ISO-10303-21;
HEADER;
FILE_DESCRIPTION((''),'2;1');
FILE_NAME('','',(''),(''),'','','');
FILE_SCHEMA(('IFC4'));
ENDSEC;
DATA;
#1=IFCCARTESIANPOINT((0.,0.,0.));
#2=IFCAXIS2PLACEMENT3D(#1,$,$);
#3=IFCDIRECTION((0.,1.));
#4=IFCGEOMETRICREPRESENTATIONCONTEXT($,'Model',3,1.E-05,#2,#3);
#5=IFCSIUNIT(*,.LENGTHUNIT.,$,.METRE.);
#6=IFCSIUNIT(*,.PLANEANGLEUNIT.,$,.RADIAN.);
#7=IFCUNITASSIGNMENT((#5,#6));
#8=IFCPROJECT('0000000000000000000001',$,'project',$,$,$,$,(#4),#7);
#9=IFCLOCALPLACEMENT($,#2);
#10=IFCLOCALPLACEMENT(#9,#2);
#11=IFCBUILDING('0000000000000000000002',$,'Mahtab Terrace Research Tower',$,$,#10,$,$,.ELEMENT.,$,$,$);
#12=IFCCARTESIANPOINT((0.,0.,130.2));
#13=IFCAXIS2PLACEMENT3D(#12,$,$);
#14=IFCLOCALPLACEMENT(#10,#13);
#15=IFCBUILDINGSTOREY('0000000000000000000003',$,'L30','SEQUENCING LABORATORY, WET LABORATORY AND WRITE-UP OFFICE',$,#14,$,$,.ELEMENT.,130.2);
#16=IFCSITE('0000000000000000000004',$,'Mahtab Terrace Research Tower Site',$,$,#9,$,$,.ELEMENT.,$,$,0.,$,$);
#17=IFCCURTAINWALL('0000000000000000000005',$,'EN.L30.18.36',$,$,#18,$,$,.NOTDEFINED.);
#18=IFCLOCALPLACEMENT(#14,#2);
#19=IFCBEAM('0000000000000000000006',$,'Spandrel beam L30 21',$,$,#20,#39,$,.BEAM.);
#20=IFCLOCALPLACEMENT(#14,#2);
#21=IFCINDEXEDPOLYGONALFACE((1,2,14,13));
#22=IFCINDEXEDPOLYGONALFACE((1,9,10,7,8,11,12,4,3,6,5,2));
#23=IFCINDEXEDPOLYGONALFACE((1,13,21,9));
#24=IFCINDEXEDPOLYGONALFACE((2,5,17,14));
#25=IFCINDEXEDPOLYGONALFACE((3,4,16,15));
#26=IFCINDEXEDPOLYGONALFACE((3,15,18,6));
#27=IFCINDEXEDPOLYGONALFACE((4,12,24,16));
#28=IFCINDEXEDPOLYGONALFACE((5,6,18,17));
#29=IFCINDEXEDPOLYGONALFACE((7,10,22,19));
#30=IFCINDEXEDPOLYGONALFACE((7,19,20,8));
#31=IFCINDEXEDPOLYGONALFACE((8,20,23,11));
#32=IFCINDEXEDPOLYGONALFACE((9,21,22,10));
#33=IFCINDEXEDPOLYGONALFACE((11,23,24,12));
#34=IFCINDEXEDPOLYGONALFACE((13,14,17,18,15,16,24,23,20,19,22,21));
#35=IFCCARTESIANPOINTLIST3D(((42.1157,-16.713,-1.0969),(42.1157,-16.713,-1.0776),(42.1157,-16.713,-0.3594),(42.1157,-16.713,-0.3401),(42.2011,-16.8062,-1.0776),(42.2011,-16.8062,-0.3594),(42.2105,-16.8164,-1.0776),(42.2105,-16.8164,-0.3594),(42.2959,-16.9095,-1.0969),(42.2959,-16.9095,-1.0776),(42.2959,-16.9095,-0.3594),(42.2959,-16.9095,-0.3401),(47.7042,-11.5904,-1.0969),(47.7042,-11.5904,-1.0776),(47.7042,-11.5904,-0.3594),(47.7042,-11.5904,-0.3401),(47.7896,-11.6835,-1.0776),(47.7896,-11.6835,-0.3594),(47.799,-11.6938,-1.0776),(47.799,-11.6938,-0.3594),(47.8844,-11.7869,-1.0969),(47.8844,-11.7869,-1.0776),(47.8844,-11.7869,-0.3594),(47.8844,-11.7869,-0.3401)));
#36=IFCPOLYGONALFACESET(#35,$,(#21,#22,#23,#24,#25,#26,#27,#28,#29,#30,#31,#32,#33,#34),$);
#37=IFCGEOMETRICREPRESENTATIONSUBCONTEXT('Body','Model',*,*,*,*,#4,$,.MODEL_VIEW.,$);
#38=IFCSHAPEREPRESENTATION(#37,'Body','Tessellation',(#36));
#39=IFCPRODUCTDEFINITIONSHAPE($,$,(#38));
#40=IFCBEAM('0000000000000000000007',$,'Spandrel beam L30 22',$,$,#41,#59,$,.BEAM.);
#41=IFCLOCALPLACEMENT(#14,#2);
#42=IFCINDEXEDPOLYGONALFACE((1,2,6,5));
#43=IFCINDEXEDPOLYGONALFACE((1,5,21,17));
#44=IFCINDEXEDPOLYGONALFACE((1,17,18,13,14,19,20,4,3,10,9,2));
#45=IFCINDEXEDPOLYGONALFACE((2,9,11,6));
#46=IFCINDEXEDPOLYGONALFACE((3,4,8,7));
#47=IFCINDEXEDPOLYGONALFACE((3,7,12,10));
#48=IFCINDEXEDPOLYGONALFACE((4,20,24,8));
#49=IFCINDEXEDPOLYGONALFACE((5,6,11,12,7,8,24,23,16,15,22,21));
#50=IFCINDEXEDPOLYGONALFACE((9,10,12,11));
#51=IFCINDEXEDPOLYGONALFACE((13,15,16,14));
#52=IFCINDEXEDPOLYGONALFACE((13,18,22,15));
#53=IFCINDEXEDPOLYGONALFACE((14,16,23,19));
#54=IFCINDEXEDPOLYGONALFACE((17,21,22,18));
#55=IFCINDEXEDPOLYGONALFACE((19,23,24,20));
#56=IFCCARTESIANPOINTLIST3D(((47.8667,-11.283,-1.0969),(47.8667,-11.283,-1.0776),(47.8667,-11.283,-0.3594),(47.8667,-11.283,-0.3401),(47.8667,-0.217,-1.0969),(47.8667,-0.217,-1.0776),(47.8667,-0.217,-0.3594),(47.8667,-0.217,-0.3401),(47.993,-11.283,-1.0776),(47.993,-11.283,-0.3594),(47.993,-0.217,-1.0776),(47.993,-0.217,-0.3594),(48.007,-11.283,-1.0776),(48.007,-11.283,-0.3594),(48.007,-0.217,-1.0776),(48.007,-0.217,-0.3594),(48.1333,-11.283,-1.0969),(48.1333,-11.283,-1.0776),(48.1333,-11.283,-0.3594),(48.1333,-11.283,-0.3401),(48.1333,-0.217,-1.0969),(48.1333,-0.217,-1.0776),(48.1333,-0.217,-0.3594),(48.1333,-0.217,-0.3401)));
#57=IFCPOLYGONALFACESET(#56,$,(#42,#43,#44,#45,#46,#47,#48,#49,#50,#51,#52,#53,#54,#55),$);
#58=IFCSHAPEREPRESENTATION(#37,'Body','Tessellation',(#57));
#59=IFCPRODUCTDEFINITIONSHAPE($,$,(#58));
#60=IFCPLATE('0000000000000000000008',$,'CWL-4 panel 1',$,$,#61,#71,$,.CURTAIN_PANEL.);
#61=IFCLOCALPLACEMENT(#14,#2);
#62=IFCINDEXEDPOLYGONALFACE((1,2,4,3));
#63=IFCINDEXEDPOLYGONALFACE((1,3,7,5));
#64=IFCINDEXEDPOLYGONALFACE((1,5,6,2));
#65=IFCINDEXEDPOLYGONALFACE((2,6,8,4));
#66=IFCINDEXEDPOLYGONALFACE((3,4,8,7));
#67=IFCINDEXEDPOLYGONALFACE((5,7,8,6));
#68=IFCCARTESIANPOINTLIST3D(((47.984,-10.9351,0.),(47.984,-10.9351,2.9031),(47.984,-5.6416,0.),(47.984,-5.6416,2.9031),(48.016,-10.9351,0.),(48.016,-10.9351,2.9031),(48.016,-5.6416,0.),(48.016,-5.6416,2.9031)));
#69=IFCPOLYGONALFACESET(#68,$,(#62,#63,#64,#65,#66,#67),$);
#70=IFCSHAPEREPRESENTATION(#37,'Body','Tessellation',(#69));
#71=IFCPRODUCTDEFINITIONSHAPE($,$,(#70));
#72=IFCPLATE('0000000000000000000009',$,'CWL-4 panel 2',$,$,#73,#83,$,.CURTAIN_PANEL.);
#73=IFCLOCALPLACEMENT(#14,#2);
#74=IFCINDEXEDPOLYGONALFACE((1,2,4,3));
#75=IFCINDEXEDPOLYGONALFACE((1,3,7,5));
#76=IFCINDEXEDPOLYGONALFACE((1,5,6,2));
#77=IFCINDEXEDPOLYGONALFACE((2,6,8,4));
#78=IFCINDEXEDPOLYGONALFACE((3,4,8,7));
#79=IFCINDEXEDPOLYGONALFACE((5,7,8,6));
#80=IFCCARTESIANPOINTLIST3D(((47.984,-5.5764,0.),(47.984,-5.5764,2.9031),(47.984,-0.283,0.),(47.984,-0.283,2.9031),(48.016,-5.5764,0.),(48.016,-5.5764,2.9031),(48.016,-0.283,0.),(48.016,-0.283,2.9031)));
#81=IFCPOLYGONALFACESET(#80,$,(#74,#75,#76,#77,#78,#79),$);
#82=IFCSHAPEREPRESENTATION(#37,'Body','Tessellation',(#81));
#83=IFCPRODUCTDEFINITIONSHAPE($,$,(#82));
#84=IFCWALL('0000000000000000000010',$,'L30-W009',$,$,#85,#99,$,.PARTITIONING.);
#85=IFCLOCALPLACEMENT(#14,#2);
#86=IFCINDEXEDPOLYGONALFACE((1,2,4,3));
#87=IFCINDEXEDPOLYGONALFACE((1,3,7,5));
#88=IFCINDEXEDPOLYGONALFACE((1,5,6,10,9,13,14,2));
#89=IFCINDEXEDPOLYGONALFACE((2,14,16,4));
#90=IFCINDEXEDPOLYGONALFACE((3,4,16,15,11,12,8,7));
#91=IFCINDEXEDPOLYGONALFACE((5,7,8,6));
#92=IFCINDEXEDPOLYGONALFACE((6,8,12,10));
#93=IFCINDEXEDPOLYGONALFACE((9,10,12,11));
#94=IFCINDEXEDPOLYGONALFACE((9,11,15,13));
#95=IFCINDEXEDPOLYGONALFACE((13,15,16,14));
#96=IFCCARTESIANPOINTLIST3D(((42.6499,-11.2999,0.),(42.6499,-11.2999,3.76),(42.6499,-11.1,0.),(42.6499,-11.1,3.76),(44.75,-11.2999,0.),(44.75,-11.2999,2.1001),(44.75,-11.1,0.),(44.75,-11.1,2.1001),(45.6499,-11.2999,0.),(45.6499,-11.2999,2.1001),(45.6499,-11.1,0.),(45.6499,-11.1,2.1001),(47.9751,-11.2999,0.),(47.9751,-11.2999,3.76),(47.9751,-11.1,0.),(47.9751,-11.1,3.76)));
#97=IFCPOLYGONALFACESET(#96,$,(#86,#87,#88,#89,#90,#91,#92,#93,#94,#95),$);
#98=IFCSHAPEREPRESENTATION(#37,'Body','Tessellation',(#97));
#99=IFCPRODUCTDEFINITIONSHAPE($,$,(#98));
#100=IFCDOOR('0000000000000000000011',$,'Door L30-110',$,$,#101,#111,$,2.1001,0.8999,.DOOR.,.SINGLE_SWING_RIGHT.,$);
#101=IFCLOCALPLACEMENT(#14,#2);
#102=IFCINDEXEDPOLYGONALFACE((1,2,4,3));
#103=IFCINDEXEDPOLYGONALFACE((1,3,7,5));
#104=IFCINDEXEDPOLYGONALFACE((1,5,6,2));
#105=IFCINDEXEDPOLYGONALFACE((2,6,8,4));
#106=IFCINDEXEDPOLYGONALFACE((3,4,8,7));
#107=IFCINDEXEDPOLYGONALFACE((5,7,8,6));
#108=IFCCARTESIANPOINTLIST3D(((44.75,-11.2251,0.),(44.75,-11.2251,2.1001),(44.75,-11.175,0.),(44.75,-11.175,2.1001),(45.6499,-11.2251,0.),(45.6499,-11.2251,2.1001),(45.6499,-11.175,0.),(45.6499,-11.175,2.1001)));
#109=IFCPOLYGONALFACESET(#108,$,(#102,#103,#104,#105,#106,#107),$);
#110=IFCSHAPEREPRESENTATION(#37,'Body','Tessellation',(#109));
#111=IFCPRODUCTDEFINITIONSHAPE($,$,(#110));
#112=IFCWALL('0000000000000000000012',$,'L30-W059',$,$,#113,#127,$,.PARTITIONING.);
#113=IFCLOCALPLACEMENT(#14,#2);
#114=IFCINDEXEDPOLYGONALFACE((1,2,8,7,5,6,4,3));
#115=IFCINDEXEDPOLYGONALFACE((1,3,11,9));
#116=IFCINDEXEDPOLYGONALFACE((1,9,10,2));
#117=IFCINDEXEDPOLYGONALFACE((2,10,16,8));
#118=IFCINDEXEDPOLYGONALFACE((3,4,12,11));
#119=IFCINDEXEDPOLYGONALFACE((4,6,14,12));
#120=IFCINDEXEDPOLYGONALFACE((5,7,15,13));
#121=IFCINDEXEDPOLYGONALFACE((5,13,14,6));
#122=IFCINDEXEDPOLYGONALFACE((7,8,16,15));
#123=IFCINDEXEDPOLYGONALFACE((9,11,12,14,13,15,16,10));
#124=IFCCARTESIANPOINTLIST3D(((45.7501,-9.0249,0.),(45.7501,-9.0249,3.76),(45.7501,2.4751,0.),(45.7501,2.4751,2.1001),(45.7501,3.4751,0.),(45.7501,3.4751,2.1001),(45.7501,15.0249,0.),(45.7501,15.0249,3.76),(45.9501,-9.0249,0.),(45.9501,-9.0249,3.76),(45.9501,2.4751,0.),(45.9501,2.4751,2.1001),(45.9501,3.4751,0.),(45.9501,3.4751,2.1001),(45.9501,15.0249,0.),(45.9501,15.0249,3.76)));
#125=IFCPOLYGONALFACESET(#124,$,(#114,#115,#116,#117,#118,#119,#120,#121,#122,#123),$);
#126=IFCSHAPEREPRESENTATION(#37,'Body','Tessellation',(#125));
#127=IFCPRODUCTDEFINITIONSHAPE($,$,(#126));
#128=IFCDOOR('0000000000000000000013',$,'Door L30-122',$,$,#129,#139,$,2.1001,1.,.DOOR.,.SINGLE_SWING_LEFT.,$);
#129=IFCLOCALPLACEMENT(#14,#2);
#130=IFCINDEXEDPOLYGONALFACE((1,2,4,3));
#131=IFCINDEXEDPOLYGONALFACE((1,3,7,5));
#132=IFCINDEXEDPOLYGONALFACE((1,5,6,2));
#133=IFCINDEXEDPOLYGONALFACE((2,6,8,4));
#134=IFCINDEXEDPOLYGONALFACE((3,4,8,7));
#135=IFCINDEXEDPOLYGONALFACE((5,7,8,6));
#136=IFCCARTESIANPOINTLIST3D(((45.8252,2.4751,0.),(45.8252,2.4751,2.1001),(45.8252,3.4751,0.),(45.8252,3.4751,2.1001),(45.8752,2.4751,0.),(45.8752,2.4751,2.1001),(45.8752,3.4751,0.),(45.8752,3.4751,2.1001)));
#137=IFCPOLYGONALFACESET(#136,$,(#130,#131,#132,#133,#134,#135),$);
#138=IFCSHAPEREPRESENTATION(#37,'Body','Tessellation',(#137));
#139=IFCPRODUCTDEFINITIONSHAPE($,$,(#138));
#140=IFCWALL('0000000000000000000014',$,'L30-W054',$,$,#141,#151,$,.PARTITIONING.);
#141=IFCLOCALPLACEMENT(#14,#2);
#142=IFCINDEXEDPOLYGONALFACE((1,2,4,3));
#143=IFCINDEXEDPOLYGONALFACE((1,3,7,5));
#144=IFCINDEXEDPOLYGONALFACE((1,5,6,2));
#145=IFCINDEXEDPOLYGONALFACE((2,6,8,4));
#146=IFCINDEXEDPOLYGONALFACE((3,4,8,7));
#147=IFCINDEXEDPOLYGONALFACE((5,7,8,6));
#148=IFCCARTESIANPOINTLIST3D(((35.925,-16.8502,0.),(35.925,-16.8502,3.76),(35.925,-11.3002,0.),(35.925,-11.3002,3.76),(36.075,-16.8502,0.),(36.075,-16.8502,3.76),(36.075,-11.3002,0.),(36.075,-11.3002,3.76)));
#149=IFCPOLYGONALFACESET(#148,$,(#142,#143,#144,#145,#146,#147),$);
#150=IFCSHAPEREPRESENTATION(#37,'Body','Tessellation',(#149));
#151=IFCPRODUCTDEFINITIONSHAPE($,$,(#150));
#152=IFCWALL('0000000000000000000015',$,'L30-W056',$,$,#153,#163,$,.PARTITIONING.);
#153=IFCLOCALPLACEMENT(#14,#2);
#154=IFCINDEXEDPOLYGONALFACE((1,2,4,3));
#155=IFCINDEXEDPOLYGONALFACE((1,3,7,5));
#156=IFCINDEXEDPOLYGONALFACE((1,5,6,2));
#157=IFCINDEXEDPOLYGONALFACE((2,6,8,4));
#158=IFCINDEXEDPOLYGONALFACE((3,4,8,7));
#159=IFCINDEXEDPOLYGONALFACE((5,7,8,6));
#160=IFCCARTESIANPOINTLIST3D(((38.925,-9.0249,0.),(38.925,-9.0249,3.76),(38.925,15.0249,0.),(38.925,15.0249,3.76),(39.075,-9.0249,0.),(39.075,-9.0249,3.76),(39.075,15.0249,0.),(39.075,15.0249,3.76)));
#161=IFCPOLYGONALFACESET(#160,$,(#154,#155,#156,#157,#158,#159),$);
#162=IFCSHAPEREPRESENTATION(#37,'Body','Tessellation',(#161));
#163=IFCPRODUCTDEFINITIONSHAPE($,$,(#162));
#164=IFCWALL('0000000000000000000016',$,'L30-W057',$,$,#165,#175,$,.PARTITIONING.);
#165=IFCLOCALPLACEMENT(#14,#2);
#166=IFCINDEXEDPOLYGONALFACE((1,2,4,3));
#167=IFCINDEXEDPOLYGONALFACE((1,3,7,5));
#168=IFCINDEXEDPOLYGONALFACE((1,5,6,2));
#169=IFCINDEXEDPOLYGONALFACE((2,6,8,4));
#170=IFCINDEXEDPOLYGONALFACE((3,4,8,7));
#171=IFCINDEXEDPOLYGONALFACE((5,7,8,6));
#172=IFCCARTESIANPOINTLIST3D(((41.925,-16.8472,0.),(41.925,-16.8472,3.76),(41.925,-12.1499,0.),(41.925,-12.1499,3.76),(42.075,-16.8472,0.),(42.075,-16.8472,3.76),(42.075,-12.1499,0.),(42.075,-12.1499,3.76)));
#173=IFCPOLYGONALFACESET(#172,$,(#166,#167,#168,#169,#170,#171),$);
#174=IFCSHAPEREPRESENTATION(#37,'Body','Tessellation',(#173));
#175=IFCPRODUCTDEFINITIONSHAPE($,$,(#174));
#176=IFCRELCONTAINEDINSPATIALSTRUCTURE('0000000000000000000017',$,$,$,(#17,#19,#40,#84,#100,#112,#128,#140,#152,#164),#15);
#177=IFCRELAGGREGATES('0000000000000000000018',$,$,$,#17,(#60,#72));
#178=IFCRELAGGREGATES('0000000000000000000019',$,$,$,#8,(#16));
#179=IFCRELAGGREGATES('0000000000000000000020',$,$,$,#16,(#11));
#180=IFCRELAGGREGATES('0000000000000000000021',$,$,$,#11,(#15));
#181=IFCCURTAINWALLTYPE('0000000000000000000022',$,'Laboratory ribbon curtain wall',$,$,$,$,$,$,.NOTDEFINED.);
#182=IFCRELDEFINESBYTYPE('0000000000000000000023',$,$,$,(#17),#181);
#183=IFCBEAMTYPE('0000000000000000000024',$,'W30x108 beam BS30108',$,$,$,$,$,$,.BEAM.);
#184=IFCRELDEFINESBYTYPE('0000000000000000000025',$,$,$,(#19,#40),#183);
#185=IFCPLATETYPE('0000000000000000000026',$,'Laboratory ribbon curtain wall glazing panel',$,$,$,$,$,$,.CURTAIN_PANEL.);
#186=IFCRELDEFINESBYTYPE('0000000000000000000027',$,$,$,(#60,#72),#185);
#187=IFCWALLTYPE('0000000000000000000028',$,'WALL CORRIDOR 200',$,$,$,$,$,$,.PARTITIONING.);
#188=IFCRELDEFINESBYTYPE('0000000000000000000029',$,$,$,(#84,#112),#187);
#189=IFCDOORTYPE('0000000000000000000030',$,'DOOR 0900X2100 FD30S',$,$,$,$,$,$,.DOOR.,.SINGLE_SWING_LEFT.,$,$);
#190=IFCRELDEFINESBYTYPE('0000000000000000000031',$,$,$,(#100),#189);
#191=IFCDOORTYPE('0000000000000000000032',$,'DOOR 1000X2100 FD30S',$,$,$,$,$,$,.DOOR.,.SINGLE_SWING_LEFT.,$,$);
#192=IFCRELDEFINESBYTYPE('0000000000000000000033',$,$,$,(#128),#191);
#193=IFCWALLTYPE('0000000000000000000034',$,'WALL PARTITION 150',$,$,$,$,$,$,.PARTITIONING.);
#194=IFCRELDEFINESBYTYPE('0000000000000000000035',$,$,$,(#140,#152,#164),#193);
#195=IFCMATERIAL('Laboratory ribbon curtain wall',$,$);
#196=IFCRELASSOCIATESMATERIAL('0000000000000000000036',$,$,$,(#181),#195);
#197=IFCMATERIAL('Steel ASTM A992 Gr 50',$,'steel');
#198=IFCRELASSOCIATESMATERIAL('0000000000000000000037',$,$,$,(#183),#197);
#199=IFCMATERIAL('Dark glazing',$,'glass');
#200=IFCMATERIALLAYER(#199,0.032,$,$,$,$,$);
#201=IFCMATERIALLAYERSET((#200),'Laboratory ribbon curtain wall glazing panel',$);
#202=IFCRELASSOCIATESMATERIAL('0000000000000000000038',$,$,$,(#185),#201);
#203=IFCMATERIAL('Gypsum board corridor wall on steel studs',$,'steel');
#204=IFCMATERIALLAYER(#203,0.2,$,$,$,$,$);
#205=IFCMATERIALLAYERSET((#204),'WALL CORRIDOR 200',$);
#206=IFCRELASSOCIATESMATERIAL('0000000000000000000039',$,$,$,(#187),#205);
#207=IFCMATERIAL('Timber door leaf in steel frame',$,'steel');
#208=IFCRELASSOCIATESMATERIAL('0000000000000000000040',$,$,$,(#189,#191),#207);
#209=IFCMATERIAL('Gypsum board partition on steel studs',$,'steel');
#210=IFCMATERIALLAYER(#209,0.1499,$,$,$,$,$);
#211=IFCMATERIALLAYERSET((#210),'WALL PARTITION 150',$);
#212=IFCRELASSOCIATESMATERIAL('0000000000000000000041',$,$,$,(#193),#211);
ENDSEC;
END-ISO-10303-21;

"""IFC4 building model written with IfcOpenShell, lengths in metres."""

from ifc_helpers import new_model, si_unit, direction, frame, frame_2d, origin, origin_2d, place, context, subcontext, project, spatial, rectangle, i_section, extrude, material, layer, layer_set, material_profile, profile_set, type_object, element, fill, aggregate, save


model = new_model("IFC4")

# Units and contexts
model_context = context("Model", 3, precision=1e-05, world=origin(), true_north=direction((0.0, 1.0)))
body_context = subcontext(model_context, "Body", "Model", "MODEL_VIEW")
ifc_project = project(units=[si_unit("LENGTHUNIT", "METRE"), si_unit("PLANEANGLEUNIT", "RADIAN")], contexts=[model_context])

# Site, building, storey
site_placement = place(None, origin())
site = spatial("IfcSite", under=ifc_project, at=site_placement, Name="Mahtab Terrace Research Tower Site", CompositionType="ELEMENT", RefElevation=0.0)
building_placement = place(site_placement, origin())
building = spatial("IfcBuilding", under=site, at=building_placement, Name="Mahtab Terrace Research Tower", CompositionType="ELEMENT")
storey_placement = place(building_placement, frame((0.0, 0.0, 130.2)))
storey = spatial("IfcBuildingStorey", under=building, at=storey_placement, Name="L30", Description="SEQUENCING LABORATORY, WET LABORATORY AND WRITE-UP OFFICE", CompositionType="ELEMENT", Elevation=130.2)

# Shared definitions
ifc_material_1 = material(Name="Steel ASTM A992 Gr 50", Category="steel")

# Curtain wall
ifc_material_2 = material(Name="Laboratory ribbon curtain wall")
curtain_wall_type = type_object("IfcCurtainWallType", Name="Laboratory ribbon curtain wall", PredefinedType="NOTDEFINED", material=ifc_material_2)
curtain_wall_placement = place(storey_placement, origin())
curtain_wall = element("IfcCurtainWall", 1, at=curtain_wall_placement, inside=storey, type_object=curtain_wall_type, Name="EN.L30.18.36", PredefinedType="NOTDEFINED")

# Beams
ifc_material_profile_1 = material_profile(ifc_material_1, i_section(OverallWidth=0.2666, OverallDepth=0.7568, WebThickness=0.0139, FlangeThickness=0.0193, at=origin_2d()), Name="W30X108")
ifc_profile_set_1 = profile_set([ifc_material_profile_1], Name="Steel ASTM A992 Gr 50")
beam_type = type_object("IfcBeamType", Name="W30x108 beam BS30108", PredefinedType="BEAM", material=ifc_profile_set_1)
beam_1_placement = place(storey_placement, frame((42.2058, -16.8113, -0.7185), z_axis=(0.737162, 0.675716, 0.0), x_axis=(-0.675716, 0.737162, 0.0)))
element("IfcBeam", 2, at=beam_1_placement, inside=storey, type_object=beam_type, Name="Spandrel beam L30 21", PredefinedType="BEAM", context=body_context, shape_type="SweptSolid", body=[
    extrude(i_section(OverallWidth=0.2666, OverallDepth=0.7568, WebThickness=0.0139, FlangeThickness=0.0193, at=origin_2d()), origin(), (0.0, 0.0, 1.0), 7.5811),
])
beam_2_placement = place(storey_placement, frame((48.0, -11.283, -0.7185), z_axis=(0.0, 1.0, 0.0), x_axis=(-1.0, 0.0, 0.0)))
element("IfcBeam", 3, at=beam_2_placement, inside=storey, type_object=beam_type, Name="Spandrel beam L30 22", PredefinedType="BEAM", context=body_context, shape_type="SweptSolid", body=[
    extrude(i_section(OverallWidth=0.2666, OverallDepth=0.7568, WebThickness=0.0139, FlangeThickness=0.0193, at=origin_2d()), origin(), (0.0, 0.0, 1.0), 11.0659),
])

# Plates
ifc_material_3 = material(Name="Dark glazing", Category="glass")
ifc_layer_1 = layer(ifc_material_3, 0.032)
ifc_layer_set_1 = layer_set([ifc_layer_1], Name="Laboratory ribbon curtain wall glazing panel")
plate_type = type_object("IfcPlateType", Name="Laboratory ribbon curtain wall glazing panel", PredefinedType="CURTAIN_PANEL", material=ifc_layer_set_1)
plate_1_placement = place(storey_placement, frame((48.0, -8.2883, 0.0), z_axis=(0.0, 0.0, 1.0), x_axis=(0.0, 1.0, 0.0)))
plate_1 = element("IfcPlate", 4, at=plate_1_placement, type_object=plate_type, Name="CWL-4 panel 1", PredefinedType="CURTAIN_PANEL", context=body_context, shape_type="SweptSolid", body=[
    extrude(rectangle(XDim=5.2935, YDim=0.032, at=origin_2d()), origin(), (0.0, 0.0, 1.0), 2.9031),
])
plate_2_placement = place(storey_placement, frame((48.0, -2.9297, 0.0), z_axis=(0.0, 0.0, 1.0), x_axis=(0.0, 1.0, 0.0)))
plate_2 = element("IfcPlate", 5, at=plate_2_placement, type_object=plate_type, Name="CWL-4 panel 2", PredefinedType="CURTAIN_PANEL", context=body_context, shape_type="SweptSolid", body=[
    extrude(rectangle(XDim=5.2935, YDim=0.032, at=origin_2d()), origin(), (0.0, 0.0, 1.0), 2.9031),
])
aggregate(curtain_wall, [plate_1, plate_2])

# Walls, openings, doors
ifc_material_4 = material(Name="Gypsum board corridor wall on steel studs", Category="steel")
ifc_layer_2 = layer(ifc_material_4, 0.2)
ifc_layer_set_2 = layer_set([ifc_layer_2], Name="WALL CORRIDOR 200")
wall_type_1 = type_object("IfcWallType", Name="WALL CORRIDOR 200", PredefinedType="PARTITIONING", material=ifc_layer_set_2)
wall_1_placement = place(storey_placement, frame((42.6499, -11.2, 0.0), z_axis=(0.0, 0.0, 1.0), x_axis=(1.0, 0.0, 0.0)))
wall_1 = element("IfcWall", 6, at=wall_1_placement, inside=storey, type_object=wall_type_1, Name="L30-W009", PredefinedType="PARTITIONING", context=body_context, shape_type="SweptSolid", body=[
    extrude(rectangle(XDim=5.3252, YDim=0.2, at=frame_2d((2.6626, 0.0))), origin(), (0.0, 0.0, 1.0), 3.76),
])
opening_1_placement = place(wall_1_placement, frame((2.1001, 0.0, 0.0)))
opening_1 = element("IfcOpeningElement", 7, at=opening_1_placement, cuts=wall_1, PredefinedType="OPENING", context=body_context, shape_type="SweptSolid", body=[
    extrude(rectangle(XDim=0.8999, YDim=2.1001, at=frame_2d((0.45, 1.05))), frame((0.0, 0.1099, 0.0), z_axis=(0.0, -1.0, 0.0), x_axis=(1.0, 0.0, 0.0)), (0.0, 0.0, 1.0), 0.22),
])
ifc_material_5 = material(Name="Timber door leaf in steel frame", Category="steel")
door_type_1 = type_object("IfcDoorType", Name="DOOR 0900X2100 FD30S", OperationType="SINGLE_SWING_LEFT", PredefinedType="DOOR", material=ifc_material_5)
door_1_placement = place(opening_1_placement, origin())
door_1 = element("IfcDoor", 8, at=door_1_placement, inside=storey, type_object=door_type_1, Name="Door L30-110", OperationType="SINGLE_SWING_RIGHT", OverallHeight=2.1001, OverallWidth=0.8999, PredefinedType="DOOR", context=body_context, shape_type="SweptSolid", body=[
    extrude(rectangle(XDim=0.8999, YDim=2.1001, at=frame_2d((0.45, 1.05))), frame((0.0, 0.0249, 0.0), z_axis=(0.0, -1.0, 0.0), x_axis=(1.0, 0.0, 0.0)), (0.0, 0.0, 1.0), 0.05),
])
fill(opening_1, door_1)
wall_2_placement = place(storey_placement, frame((45.8501, -9.0249, 0.0), z_axis=(0.0, 0.0, 1.0), x_axis=(0.0, 1.0, 0.0)))
wall_2 = element("IfcWall", 9, at=wall_2_placement, inside=storey, type_object=wall_type_1, Name="L30-W059", PredefinedType="PARTITIONING", context=body_context, shape_type="SweptSolid", body=[
    extrude(rectangle(XDim=24.0498, YDim=0.2, at=frame_2d((12.0249, 0.0))), origin(), (0.0, 0.0, 1.0), 3.76),
])
opening_2_placement = place(wall_2_placement, frame((11.5, 0.0, 0.0)))
opening_2 = element("IfcOpeningElement", 10, at=opening_2_placement, cuts=wall_2, PredefinedType="OPENING", context=body_context, shape_type="SweptSolid", body=[
    extrude(rectangle(XDim=1.0, YDim=2.1001, at=frame_2d((0.5, 1.05))), frame((0.0, 0.1099, 0.0), z_axis=(0.0, -1.0, 0.0), x_axis=(1.0, 0.0, 0.0)), (0.0, 0.0, 1.0), 0.22),
])
door_type_2 = type_object("IfcDoorType", Name="DOOR 1000X2100 FD30S", OperationType="SINGLE_SWING_LEFT", PredefinedType="DOOR", material=ifc_material_5)
door_2_placement = place(opening_2_placement, origin())
door_2 = element("IfcDoor", 11, at=door_2_placement, inside=storey, type_object=door_type_2, Name="Door L30-122", OperationType="SINGLE_SWING_LEFT", OverallHeight=2.1001, OverallWidth=1.0, PredefinedType="DOOR", context=body_context, shape_type="SweptSolid", body=[
    extrude(rectangle(XDim=1.0, YDim=2.1001, at=frame_2d((0.5, 1.05))), frame((0.0, 0.0249, 0.0), z_axis=(0.0, -1.0, 0.0), x_axis=(1.0, 0.0, 0.0)), (0.0, 0.0, 1.0), 0.05),
])
fill(opening_2, door_2)

# Walls
ifc_material_6 = material(Name="Gypsum board partition on steel studs", Category="steel")
ifc_layer_3 = layer(ifc_material_6, 0.1499)
ifc_layer_set_3 = layer_set([ifc_layer_3], Name="WALL PARTITION 150")
wall_type_2 = type_object("IfcWallType", Name="WALL PARTITION 150", PredefinedType="PARTITIONING", material=ifc_layer_set_3)
wall_3_placement = place(storey_placement, frame((36.0, -16.8501, 0.0), z_axis=(0.0, 0.0, 1.0), x_axis=(0.0, 1.0, 0.0)))
element("IfcWall", 12, at=wall_3_placement, inside=storey, type_object=wall_type_2, Name="L30-W054", PredefinedType="PARTITIONING", context=body_context, shape_type="SweptSolid", body=[
    extrude(rectangle(XDim=5.55, YDim=0.1499, at=frame_2d((2.7749, 0.0))), origin(), (0.0, 0.0, 1.0), 3.76),
])
wall_4_placement = place(storey_placement, frame((39.0, -9.0249, 0.0), z_axis=(0.0, 0.0, 1.0), x_axis=(0.0, 1.0, 0.0)))
element("IfcWall", 13, at=wall_4_placement, inside=storey, type_object=wall_type_2, Name="L30-W056", PredefinedType="PARTITIONING", context=body_context, shape_type="SweptSolid", body=[
    extrude(rectangle(XDim=24.0498, YDim=0.1499, at=frame_2d((12.0249, 0.0))), origin(), (0.0, 0.0, 1.0), 3.76),
])
wall_5_placement = place(storey_placement, frame((42.0, -16.8472, 0.0), z_axis=(0.0, 0.0, 1.0), x_axis=(0.0, 1.0, 0.0)))
element("IfcWall", 14, at=wall_5_placement, inside=storey, type_object=wall_type_2, Name="L30-W057", PredefinedType="PARTITIONING", context=body_context, shape_type="SweptSolid", body=[
    extrude(rectangle(XDim=4.6973, YDim=0.1499, at=frame_2d((2.3486, 0.0))), origin(), (0.0, 0.0, 1.0), 3.76),
])

save(model, "model.ifc")
